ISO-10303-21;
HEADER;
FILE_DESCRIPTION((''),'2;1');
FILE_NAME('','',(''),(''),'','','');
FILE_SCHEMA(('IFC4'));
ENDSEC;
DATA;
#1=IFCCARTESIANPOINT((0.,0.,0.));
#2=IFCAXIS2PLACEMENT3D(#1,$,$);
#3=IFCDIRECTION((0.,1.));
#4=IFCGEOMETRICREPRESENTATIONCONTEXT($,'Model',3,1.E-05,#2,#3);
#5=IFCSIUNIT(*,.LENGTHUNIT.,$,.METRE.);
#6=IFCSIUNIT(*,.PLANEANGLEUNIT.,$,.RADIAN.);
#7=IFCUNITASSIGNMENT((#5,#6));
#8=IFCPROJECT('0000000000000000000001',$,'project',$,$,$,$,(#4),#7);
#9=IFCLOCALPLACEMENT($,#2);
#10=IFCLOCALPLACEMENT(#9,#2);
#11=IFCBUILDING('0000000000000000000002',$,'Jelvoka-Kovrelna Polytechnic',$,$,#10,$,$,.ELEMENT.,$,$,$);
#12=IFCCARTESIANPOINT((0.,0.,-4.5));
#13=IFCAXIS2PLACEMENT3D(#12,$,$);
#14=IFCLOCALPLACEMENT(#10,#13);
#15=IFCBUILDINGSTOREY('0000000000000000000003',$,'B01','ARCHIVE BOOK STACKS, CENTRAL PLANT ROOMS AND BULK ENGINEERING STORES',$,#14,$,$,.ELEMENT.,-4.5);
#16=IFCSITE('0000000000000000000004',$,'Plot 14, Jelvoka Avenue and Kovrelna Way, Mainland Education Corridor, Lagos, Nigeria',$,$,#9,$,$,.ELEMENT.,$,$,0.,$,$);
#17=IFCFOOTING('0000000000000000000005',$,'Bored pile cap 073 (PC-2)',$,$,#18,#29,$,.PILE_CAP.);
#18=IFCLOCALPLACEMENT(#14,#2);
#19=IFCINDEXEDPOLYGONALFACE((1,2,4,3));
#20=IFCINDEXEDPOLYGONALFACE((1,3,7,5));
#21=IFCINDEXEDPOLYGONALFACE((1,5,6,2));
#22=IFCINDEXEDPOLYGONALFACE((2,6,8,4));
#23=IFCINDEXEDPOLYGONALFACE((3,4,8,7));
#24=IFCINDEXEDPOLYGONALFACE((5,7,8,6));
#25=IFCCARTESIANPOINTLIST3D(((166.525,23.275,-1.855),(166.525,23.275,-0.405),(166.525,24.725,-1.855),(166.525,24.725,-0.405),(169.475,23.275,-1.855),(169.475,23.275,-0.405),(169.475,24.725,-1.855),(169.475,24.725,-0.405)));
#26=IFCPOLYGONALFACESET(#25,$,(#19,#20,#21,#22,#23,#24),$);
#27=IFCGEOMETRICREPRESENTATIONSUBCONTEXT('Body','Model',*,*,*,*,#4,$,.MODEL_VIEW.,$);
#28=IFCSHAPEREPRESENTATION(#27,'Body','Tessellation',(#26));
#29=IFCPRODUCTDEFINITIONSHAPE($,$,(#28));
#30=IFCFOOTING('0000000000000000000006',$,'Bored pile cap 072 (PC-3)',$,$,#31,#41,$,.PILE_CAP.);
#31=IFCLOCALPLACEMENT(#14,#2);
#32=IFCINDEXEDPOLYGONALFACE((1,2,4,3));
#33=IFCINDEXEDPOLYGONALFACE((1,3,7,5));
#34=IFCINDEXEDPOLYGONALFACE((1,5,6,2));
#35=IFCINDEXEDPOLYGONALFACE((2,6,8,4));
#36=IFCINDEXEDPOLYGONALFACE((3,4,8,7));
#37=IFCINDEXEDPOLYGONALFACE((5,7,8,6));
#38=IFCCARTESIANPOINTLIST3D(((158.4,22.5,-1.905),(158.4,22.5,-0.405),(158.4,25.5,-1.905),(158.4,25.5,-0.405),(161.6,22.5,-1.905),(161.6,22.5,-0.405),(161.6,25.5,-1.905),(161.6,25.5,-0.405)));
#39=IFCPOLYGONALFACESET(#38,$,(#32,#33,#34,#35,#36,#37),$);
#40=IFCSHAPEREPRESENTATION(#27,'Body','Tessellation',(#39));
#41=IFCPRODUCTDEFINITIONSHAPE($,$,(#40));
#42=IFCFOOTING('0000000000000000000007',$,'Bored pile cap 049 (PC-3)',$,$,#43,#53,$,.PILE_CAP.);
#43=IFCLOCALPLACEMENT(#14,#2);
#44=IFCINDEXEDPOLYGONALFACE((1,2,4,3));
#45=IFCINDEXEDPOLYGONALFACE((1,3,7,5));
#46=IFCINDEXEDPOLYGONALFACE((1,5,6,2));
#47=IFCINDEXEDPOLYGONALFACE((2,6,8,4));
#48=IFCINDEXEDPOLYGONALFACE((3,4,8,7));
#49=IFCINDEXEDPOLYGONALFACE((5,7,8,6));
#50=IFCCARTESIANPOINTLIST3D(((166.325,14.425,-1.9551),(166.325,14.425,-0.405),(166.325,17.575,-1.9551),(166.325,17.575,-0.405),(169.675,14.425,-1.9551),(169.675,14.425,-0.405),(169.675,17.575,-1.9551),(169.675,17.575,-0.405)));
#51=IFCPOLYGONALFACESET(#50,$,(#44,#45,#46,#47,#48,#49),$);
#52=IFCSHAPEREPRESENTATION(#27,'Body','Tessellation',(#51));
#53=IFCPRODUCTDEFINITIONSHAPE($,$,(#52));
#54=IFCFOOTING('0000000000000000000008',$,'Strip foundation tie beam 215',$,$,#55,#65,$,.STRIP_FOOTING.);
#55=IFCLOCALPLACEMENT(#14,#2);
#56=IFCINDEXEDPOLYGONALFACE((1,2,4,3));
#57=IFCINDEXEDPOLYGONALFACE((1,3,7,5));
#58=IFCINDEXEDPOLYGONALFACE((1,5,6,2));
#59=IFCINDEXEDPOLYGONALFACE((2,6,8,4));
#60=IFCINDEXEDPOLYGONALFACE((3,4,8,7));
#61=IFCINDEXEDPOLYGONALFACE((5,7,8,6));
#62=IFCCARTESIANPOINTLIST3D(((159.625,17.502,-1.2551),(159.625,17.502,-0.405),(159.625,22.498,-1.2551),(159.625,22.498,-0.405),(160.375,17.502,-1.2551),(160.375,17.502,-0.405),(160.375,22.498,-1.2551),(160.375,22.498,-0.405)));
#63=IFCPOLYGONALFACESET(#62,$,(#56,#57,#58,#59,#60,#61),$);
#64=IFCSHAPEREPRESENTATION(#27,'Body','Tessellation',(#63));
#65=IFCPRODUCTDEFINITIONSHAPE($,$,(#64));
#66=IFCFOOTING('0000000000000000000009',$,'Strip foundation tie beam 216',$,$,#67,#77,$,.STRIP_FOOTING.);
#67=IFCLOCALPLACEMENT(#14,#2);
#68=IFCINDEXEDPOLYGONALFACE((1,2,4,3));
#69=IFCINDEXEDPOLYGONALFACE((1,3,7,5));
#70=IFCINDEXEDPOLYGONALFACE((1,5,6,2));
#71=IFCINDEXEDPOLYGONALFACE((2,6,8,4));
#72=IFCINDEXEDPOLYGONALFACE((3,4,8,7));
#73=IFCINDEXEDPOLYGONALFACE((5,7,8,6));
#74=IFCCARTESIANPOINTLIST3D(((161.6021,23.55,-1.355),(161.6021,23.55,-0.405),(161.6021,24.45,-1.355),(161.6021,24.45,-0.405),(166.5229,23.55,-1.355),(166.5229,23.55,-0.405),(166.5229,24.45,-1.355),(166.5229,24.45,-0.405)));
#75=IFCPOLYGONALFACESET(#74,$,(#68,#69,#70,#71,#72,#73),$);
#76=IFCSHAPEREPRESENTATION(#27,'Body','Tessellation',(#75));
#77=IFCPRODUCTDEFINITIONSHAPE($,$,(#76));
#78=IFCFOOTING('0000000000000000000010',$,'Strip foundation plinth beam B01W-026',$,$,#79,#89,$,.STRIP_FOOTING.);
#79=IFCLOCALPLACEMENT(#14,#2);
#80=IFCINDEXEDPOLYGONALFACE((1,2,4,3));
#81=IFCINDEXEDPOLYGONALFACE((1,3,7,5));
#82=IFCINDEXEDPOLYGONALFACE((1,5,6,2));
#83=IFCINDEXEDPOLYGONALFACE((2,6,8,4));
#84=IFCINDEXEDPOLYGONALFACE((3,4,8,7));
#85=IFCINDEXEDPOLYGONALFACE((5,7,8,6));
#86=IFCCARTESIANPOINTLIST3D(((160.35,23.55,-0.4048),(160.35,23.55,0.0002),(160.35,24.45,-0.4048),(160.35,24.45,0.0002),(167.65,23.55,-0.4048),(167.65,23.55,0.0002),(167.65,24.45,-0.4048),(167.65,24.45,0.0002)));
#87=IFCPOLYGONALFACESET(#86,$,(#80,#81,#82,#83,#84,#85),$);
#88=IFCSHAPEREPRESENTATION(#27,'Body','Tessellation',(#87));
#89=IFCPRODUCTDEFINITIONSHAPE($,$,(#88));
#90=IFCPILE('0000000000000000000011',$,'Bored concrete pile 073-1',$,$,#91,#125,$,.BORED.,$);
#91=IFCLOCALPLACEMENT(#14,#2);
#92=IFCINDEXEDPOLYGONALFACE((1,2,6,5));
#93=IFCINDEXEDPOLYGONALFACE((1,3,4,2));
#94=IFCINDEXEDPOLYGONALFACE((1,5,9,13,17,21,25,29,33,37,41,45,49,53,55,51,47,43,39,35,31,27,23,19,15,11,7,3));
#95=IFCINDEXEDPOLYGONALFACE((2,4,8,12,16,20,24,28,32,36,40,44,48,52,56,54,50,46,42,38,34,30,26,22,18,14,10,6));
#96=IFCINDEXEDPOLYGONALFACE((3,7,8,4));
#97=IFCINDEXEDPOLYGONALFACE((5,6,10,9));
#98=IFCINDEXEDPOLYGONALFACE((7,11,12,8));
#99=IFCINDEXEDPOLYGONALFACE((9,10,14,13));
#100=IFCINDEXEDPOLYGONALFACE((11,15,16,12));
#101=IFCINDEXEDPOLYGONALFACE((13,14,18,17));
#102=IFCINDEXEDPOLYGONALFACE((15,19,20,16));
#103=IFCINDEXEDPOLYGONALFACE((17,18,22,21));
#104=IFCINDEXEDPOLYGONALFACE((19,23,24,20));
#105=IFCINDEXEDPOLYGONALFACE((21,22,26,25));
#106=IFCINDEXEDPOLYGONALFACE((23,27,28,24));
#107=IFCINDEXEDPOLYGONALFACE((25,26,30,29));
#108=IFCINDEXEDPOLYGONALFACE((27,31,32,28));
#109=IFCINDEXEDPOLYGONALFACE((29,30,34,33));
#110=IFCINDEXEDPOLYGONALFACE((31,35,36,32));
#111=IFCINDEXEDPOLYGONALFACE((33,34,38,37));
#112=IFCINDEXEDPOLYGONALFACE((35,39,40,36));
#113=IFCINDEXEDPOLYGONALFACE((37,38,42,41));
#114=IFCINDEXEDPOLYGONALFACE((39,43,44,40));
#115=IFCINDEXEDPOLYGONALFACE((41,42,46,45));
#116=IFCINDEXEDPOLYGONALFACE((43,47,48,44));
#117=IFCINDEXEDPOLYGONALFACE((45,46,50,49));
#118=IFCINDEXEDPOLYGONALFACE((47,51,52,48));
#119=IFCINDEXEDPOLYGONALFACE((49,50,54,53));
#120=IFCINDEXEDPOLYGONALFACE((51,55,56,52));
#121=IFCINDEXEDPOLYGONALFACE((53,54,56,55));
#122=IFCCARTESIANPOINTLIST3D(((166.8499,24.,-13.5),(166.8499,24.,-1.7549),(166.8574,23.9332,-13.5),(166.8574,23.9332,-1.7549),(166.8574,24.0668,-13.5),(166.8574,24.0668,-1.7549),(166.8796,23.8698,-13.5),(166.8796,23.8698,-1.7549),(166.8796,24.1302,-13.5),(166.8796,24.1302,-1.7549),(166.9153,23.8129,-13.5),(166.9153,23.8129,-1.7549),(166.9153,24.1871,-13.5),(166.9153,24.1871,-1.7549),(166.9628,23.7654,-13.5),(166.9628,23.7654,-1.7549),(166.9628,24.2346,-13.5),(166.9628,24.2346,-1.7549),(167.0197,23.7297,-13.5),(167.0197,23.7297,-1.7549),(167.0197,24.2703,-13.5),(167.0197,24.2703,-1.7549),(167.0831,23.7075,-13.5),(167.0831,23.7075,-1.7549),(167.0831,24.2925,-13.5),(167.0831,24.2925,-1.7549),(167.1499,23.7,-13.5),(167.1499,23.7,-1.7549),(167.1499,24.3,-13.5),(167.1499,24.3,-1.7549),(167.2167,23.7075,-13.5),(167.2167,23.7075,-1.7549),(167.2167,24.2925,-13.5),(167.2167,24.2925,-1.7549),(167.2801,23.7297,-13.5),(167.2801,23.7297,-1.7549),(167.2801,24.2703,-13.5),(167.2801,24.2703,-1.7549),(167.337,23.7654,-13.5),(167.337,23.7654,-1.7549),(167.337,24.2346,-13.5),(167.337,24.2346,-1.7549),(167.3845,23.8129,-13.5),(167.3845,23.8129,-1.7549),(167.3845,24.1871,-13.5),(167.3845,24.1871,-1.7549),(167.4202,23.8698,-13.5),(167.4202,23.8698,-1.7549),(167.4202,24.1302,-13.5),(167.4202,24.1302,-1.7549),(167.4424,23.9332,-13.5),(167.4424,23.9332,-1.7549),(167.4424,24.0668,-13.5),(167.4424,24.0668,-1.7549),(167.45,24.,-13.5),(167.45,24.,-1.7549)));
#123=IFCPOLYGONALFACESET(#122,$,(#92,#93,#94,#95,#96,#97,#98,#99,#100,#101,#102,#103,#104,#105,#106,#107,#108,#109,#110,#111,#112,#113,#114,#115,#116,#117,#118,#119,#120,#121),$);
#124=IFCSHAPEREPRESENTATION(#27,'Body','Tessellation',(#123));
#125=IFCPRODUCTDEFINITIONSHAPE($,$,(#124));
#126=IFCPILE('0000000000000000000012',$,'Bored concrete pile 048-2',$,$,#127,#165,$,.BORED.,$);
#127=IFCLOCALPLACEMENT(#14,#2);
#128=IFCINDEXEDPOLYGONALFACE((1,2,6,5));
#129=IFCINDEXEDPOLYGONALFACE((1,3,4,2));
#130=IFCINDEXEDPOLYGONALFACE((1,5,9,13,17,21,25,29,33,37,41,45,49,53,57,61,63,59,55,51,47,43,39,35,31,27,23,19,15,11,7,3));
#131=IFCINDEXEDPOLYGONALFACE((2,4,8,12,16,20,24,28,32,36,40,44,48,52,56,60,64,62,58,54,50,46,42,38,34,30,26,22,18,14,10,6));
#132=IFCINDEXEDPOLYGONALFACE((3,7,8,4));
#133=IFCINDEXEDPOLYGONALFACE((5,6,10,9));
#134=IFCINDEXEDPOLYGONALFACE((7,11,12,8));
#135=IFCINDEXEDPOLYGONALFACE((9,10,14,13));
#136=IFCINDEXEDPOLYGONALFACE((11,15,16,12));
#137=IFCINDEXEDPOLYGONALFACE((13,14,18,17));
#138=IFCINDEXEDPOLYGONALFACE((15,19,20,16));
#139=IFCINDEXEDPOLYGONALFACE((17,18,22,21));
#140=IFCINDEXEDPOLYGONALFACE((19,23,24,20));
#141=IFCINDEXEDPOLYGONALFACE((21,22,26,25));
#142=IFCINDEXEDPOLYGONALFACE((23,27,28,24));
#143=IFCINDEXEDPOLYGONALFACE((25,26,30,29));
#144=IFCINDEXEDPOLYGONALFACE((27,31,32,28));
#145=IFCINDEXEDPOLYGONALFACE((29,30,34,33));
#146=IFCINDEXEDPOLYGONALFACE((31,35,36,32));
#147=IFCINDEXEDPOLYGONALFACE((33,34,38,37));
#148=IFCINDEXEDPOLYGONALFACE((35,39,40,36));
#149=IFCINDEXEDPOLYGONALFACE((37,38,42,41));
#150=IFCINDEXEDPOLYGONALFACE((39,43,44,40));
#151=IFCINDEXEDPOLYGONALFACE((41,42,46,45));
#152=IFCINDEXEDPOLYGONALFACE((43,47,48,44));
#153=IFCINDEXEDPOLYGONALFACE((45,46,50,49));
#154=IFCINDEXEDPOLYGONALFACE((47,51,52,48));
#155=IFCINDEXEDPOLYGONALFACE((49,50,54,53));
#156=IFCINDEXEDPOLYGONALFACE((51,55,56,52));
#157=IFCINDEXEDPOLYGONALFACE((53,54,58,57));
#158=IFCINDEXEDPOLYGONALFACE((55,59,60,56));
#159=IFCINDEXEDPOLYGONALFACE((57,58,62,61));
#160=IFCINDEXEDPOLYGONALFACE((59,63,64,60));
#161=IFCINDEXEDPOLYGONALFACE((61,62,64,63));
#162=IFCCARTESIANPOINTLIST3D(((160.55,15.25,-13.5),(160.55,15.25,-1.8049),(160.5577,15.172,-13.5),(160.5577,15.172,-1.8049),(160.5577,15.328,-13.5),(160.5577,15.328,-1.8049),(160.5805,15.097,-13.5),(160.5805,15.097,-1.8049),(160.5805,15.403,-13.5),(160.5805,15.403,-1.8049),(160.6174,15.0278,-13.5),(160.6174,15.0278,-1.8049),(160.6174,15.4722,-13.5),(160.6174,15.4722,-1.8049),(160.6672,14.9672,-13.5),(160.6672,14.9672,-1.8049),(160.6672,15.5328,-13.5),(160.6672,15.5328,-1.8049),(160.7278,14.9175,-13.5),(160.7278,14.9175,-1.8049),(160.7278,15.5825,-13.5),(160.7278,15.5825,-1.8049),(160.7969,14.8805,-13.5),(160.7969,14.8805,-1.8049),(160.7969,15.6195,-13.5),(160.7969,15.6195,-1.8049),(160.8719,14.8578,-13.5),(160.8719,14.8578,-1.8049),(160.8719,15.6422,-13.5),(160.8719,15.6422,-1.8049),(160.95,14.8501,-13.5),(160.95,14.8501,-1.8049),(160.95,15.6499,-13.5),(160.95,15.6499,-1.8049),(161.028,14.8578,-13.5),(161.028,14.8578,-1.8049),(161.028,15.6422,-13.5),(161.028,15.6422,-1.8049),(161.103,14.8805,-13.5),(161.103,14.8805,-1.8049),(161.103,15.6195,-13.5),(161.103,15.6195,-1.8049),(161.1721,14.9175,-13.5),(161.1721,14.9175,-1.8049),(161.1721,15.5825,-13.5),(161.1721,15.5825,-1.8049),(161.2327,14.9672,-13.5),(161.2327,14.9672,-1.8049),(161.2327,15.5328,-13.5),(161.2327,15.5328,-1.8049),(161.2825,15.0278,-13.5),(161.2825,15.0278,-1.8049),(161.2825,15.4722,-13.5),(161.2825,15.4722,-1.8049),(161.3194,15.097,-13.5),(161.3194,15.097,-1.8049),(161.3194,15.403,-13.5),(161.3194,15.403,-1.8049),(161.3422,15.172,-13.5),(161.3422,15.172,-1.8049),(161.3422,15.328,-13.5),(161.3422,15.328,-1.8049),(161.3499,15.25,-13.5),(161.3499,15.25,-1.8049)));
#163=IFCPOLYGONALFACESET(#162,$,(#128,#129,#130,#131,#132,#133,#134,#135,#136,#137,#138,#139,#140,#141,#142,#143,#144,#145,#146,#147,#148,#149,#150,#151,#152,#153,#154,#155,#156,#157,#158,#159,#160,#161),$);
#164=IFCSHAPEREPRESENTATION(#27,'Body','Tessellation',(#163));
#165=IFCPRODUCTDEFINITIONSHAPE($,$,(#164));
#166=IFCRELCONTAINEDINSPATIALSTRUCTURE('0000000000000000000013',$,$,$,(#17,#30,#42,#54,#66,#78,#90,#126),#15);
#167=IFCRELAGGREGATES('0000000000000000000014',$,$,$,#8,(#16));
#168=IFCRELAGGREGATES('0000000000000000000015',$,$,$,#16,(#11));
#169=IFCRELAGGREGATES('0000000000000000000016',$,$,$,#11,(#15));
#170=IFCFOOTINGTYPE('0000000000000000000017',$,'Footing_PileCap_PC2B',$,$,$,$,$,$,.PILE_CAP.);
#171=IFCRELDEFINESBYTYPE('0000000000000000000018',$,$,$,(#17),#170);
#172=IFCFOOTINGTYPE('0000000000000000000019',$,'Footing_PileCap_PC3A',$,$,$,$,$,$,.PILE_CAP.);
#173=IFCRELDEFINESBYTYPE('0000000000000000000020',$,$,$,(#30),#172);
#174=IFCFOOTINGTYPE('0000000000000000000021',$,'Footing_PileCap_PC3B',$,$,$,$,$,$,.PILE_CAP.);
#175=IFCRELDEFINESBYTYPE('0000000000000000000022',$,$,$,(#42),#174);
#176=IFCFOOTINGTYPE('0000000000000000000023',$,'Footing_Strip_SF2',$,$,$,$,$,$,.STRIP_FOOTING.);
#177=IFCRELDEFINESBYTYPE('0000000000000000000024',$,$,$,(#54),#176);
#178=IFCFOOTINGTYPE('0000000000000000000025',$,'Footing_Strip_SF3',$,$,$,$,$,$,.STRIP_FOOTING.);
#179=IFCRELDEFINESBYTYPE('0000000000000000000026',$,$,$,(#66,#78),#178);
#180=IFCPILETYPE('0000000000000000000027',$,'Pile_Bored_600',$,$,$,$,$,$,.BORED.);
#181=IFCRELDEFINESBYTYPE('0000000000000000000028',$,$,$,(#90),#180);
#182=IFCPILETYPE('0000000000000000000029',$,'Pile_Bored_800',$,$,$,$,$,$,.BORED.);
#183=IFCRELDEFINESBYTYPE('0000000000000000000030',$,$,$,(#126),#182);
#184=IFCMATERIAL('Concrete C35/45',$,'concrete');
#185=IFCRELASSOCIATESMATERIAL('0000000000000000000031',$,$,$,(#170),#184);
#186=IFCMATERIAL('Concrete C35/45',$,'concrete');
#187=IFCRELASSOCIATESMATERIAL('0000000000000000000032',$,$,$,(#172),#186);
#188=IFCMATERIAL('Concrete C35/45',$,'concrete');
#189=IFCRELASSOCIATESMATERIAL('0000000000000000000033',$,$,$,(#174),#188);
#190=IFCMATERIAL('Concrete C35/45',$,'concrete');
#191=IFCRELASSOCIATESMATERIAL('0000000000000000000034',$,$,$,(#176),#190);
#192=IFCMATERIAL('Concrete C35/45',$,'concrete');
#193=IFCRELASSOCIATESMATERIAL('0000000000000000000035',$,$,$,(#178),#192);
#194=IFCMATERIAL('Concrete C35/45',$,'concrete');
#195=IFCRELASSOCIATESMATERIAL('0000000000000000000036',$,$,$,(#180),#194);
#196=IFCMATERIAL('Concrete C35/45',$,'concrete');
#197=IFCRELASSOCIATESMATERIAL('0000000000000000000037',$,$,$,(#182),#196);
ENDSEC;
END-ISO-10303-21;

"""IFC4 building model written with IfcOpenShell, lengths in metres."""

from ifc_helpers import new_model, si_unit, direction, frame, origin, origin_2d, place, context, subcontext, project, spatial, rectangle, circle, extrude, material, material_profile, profile_set, type_object, element, save


model = new_model("IFC4")

# Units and contexts
model_context = context("Model", 3, precision=1e-05, world=origin(), true_north=direction((0.0, 1.0)))
body_context = subcontext(model_context, "Body", "Model", "MODEL_VIEW")
ifc_project = project(units=[si_unit("LENGTHUNIT", "METRE"), si_unit("PLANEANGLEUNIT", "RADIAN")], contexts=[model_context])

# Site, building, storey
site_placement = place(None, origin())
site = spatial("IfcSite", under=ifc_project, at=site_placement, Name="Plot 14, Jelvoka Avenue and Kovrelna Way, Mainland Education Corridor, Lagos, Nigeria", CompositionType="ELEMENT", RefElevation=0.0)
building_placement = place(site_placement, origin())
building = spatial("IfcBuilding", under=site, at=building_placement, Name="Jelvoka-Kovrelna Polytechnic", CompositionType="ELEMENT")
storey_placement = place(building_placement, frame((0.0, 0.0, -4.5)))
storey = spatial("IfcBuildingStorey", under=building, at=storey_placement, Name="B01", Description="ARCHIVE BOOK STACKS, CENTRAL PLANT ROOMS AND BULK ENGINEERING STORES", CompositionType="ELEMENT", Elevation=-4.5)

# Footings
ifc_material_1 = material(Name="Concrete C35/45", Category="concrete")
footing_type_1 = type_object("IfcFootingType", Name="Footing_PileCap_PC2B", PredefinedType="PILE_CAP", material=ifc_material_1)
footing_1_placement = place(storey_placement, frame((168.0, 24.0, -1.855), z_axis=(0.0, 0.0, 1.0), x_axis=(1.0, 0.0, 0.0)))
element("IfcFooting", 1, at=footing_1_placement, inside=storey, type_object=footing_type_1, Name="Bored pile cap 073 (PC-2)", PredefinedType="PILE_CAP", context=body_context, shape_type="SweptSolid", body=[
    extrude(rectangle(XDim=2.95, YDim=1.45, at=origin_2d()), origin(), (0.0, 0.0, 1.0), 1.45),
])
ifc_material_2 = material(Name="Concrete C35/45", Category="concrete")
footing_type_2 = type_object("IfcFootingType", Name="Footing_PileCap_PC3A", PredefinedType="PILE_CAP", material=ifc_material_2)
footing_2_placement = place(storey_placement, frame((160.0, 24.0, -1.905), z_axis=(0.0, 0.0, 1.0), x_axis=(1.0, 0.0, 0.0)))
element("IfcFooting", 2, at=footing_2_placement, inside=storey, type_object=footing_type_2, Name="Bored pile cap 072 (PC-3)", PredefinedType="PILE_CAP", context=body_context, shape_type="SweptSolid", body=[
    extrude(rectangle(XDim=3.2, YDim=3.0, at=origin_2d()), origin(), (0.0, 0.0, 1.0), 1.5),
])
ifc_material_3 = material(Name="Concrete C35/45", Category="concrete")
footing_type_3 = type_object("IfcFootingType", Name="Footing_PileCap_PC3B", PredefinedType="PILE_CAP", material=ifc_material_3)
footing_3_placement = place(storey_placement, frame((168.0, 16.0, -1.9551), z_axis=(0.0, 0.0, 1.0), x_axis=(1.0, 0.0, 0.0)))
element("IfcFooting", 3, at=footing_3_placement, inside=storey, type_object=footing_type_3, Name="Bored pile cap 049 (PC-3)", PredefinedType="PILE_CAP", context=body_context, shape_type="SweptSolid", body=[
    extrude(rectangle(XDim=3.3501, YDim=3.1499, at=origin_2d()), origin(), (0.0, 0.0, 1.0), 1.55),
])
ifc_material_4 = material(Name="Concrete C35/45", Category="concrete")
footing_type_4 = type_object("IfcFootingType", Name="Footing_Strip_SF2", PredefinedType="STRIP_FOOTING", material=ifc_material_4)
footing_4_placement = place(storey_placement, frame((160.0, 20.0, -1.2551), z_axis=(0.0, 0.0, 1.0), x_axis=(0.0, 1.0, 0.0)))
element("IfcFooting", 4, at=footing_4_placement, inside=storey, type_object=footing_type_4, Name="Strip foundation tie beam 215", PredefinedType="STRIP_FOOTING", context=body_context, shape_type="SweptSolid", body=[
    extrude(rectangle(XDim=4.9961, YDim=0.75, at=origin_2d()), origin(), (0.0, 0.0, 1.0), 0.8501),
])
ifc_material_5 = material(Name="Concrete C35/45", Category="concrete")
footing_type_5 = type_object("IfcFootingType", Name="Footing_Strip_SF3", PredefinedType="STRIP_FOOTING", material=ifc_material_5)
footing_5_placement = place(storey_placement, frame((164.0625, 24.0, -1.355), z_axis=(0.0, 0.0, 1.0), x_axis=(1.0, 0.0, 0.0)))
element("IfcFooting", 5, at=footing_5_placement, inside=storey, type_object=footing_type_5, Name="Strip foundation tie beam 216", PredefinedType="STRIP_FOOTING", context=body_context, shape_type="SweptSolid", body=[
    extrude(rectangle(XDim=4.9209, YDim=0.8999, at=origin_2d()), origin(), (0.0, 0.0, 1.0), 0.95),
])
footing_6_placement = place(storey_placement, frame((164.0, 24.0, -0.4048), z_axis=(0.0, 0.0, 1.0), x_axis=(1.0, 0.0, 0.0)))
element("IfcFooting", 6, at=footing_6_placement, inside=storey, type_object=footing_type_5, Name="Strip foundation plinth beam B01W-026", PredefinedType="STRIP_FOOTING", context=body_context, shape_type="SweptSolid", body=[
    extrude(rectangle(XDim=7.3, YDim=0.8999, at=origin_2d()), origin(), (0.0, 0.0, 1.0), 0.405),
])

# Piles
ifc_material_6 = material(Name="Concrete C35/45", Category="concrete")
ifc_material_profile_1 = material_profile(ifc_material_6, circle(Radius=0.3, at=origin_2d()), Name="PILE D600")
ifc_profile_set_1 = profile_set([ifc_material_profile_1], Name="Concrete C35/45")
pile_type_1 = type_object("IfcPileType", Name="Pile_Bored_600", PredefinedType="BORED", material=ifc_profile_set_1)
pile_1_placement = place(storey_placement, frame((167.1499, 24.0, -1.7549), z_axis=(0.0, 0.0, -1.0), x_axis=(1.0, 0.0, 0.0)))
element("IfcPile", 7, at=pile_1_placement, inside=storey, type_object=pile_type_1, Name="Bored concrete pile 073-1", PredefinedType="BORED", context=body_context, shape_type="SweptSolid", body=[
    extrude(circle(Radius=0.3, at=origin_2d()), origin(), (0.0, 0.0, 1.0), 11.7451),
])
ifc_material_7 = material(Name="Concrete C35/45", Category="concrete")
ifc_material_profile_2 = material_profile(ifc_material_7, circle(Radius=0.3999, at=origin_2d()), Name="PILE D800")
ifc_profile_set_2 = profile_set([ifc_material_profile_2], Name="Concrete C35/45")
pile_type_2 = type_object("IfcPileType", Name="Pile_Bored_800", PredefinedType="BORED", material=ifc_profile_set_2)
for number, where, z_axis, x_axis, name in (
    (8, (160.95, 15.25, -1.8049), (0.0, 0.0, -1.0), (1.0, 0.0, 0.0), "Bored concrete pile 048-2"),
):
    element("IfcPile", number, at=place(storey_placement, frame(where, z_axis=z_axis, x_axis=x_axis)), inside=storey, type_object=pile_type_2, Name=name, PredefinedType="BORED", context=body_context, shape_type="SweptSolid", body=[
        extrude(circle(Radius=0.3999, at=origin_2d()), origin(), (0.0, 0.0, 1.0), 11.6951),
    ])

save(model, "model.ifc")
